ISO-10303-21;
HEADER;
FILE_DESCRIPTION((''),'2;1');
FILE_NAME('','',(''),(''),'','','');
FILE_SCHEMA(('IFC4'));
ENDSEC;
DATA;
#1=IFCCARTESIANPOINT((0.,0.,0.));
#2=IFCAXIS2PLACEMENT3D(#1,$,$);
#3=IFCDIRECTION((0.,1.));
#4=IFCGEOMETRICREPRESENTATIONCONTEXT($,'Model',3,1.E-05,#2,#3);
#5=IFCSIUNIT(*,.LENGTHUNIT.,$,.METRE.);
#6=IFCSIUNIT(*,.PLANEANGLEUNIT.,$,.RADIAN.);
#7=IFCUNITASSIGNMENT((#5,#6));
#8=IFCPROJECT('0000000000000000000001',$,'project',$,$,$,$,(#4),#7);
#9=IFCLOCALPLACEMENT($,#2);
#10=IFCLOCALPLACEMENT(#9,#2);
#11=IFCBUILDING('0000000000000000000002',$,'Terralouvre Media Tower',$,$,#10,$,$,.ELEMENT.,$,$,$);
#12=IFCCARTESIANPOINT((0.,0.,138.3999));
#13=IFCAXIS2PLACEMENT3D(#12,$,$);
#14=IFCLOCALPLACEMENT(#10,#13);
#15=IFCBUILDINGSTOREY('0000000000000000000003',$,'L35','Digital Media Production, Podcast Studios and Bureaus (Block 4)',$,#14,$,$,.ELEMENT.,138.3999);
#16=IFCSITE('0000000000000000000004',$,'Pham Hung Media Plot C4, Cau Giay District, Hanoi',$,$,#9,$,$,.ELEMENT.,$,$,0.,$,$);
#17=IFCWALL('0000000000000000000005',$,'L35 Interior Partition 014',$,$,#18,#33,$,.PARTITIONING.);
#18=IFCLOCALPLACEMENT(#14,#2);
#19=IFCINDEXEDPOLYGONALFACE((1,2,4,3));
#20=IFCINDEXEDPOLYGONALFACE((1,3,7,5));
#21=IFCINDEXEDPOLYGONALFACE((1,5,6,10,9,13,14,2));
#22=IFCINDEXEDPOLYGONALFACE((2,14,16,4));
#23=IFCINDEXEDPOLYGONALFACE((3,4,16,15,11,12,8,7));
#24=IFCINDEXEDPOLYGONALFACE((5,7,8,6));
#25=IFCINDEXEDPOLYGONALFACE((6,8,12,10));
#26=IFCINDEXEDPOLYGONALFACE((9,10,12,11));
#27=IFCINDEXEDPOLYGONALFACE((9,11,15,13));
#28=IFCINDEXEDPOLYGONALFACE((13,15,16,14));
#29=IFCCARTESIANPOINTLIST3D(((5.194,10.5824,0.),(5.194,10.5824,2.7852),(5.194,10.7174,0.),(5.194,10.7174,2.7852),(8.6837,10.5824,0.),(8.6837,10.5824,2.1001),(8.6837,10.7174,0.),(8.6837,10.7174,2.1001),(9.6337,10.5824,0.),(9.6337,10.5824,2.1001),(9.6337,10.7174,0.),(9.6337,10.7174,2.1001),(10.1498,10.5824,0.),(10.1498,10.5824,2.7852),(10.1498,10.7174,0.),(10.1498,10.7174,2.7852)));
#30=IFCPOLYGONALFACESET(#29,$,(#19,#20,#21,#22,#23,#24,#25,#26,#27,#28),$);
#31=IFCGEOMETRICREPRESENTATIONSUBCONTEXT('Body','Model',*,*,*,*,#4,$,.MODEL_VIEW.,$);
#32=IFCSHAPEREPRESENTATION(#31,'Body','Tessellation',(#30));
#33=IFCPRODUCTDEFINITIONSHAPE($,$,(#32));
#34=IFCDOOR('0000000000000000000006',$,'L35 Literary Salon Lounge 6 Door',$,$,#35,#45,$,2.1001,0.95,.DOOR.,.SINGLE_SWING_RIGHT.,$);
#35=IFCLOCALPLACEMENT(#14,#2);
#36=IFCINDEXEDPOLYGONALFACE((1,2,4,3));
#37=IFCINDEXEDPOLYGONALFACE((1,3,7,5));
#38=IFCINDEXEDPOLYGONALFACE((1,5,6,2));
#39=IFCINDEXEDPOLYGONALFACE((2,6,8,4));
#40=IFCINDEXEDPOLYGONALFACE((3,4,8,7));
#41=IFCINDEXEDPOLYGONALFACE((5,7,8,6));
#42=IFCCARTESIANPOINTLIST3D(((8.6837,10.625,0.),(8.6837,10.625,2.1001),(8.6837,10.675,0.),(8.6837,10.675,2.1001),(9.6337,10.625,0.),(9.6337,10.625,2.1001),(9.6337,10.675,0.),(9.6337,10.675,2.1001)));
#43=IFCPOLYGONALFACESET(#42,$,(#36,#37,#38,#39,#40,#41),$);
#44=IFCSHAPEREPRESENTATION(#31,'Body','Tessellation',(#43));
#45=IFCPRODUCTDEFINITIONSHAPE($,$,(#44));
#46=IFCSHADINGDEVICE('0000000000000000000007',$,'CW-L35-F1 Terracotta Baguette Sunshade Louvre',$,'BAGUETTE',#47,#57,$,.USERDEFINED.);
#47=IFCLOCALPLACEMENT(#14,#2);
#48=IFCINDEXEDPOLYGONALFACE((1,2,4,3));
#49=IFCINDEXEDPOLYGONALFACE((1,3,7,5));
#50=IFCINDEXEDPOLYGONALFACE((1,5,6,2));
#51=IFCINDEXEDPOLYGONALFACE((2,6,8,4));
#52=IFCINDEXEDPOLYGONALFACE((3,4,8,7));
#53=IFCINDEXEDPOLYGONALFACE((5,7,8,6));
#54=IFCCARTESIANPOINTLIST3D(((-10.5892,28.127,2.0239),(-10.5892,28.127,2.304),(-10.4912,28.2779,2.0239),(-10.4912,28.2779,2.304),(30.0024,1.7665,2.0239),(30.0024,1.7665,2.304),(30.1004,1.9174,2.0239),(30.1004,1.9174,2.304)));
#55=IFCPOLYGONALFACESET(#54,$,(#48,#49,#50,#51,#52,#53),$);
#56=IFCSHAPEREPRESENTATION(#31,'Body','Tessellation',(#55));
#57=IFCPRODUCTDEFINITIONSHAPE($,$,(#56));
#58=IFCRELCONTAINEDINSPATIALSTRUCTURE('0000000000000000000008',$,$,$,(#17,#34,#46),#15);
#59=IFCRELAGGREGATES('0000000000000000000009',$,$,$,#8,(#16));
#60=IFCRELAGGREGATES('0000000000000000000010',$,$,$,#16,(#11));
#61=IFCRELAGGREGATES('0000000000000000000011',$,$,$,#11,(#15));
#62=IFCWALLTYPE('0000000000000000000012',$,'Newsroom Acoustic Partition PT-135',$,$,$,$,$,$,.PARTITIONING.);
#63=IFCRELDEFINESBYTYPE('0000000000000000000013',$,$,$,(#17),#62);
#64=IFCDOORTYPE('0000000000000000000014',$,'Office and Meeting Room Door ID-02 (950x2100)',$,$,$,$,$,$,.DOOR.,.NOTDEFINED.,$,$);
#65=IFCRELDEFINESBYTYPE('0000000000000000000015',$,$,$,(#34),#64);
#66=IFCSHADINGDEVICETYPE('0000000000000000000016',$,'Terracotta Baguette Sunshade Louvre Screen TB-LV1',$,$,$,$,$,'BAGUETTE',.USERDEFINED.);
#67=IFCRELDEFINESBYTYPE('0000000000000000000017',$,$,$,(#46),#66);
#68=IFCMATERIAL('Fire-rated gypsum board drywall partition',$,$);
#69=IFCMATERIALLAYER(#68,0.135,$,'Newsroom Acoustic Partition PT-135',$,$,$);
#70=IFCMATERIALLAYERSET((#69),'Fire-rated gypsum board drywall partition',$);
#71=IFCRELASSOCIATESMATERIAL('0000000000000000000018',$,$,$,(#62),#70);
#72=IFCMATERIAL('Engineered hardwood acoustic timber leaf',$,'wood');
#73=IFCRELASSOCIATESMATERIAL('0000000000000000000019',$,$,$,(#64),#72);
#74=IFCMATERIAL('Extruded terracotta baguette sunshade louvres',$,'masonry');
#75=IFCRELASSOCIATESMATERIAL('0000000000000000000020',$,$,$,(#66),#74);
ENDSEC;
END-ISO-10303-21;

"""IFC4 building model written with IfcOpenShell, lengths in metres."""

from ifc_helpers import new_model, si_unit, direction, frame, frame_2d, origin, origin_2d, place, context, subcontext, project, spatial, rectangle, extrude, material, layer, layer_set, type_object, element, fill, save


model = new_model("IFC4")

# Units and contexts
model_context = context("Model", 3, precision=1e-05, world=origin(), true_north=direction((0.0, 1.0)))
body_context = subcontext(model_context, "Body", "Model", "MODEL_VIEW")
ifc_project = project(units=[si_unit("LENGTHUNIT", "METRE"), si_unit("PLANEANGLEUNIT", "RADIAN")], contexts=[model_context])

# Site, building, storey
site_placement = place(None, origin())
site = spatial("IfcSite", under=ifc_project, at=site_placement, Name="Pham Hung Media Plot C4, Cau Giay District, Hanoi", CompositionType="ELEMENT", RefElevation=0.0)
building_placement = place(site_placement, origin())
building = spatial("IfcBuilding", under=site, at=building_placement, Name="Terralouvre Media Tower", CompositionType="ELEMENT")
storey_placement = place(building_placement, frame((0.0, 0.0, 138.3999)))
storey = spatial("IfcBuildingStorey", under=building, at=storey_placement, Name="L35", Description="Digital Media Production, Podcast Studios and Bureaus (Block 4)", CompositionType="ELEMENT", Elevation=138.3999)

# Shared definitions
ifc_material_1 = material(Name="Fire-rated gypsum board drywall partition")
ifc_layer_1 = layer(ifc_material_1, 0.135, Name="Newsroom Acoustic Partition PT-135")
ifc_layer_set_1 = layer_set([ifc_layer_1], Name="Fire-rated gypsum board drywall partition")
wall_type = type_object("IfcWallType", Name="Newsroom Acoustic Partition PT-135", PredefinedType="PARTITIONING", material=ifc_layer_set_1)

# Wall, opening, door
wall_1_placement = place(storey_placement, frame((10.1499, 10.6499, 0.0), z_axis=(0.0, 0.0, 1.0), x_axis=(-1.0, 0.0, 0.0)))
wall_1 = element("IfcWall", 1, at=wall_1_placement, inside=storey, type_object=wall_type, Name="L35 Interior Partition 014", PredefinedType="PARTITIONING", context=body_context, shape_type="SweptSolid", body=[
    extrude(rectangle(XDim=4.9558, YDim=0.135, at=frame_2d((2.478, 0.0))), origin(), (0.0, 0.0, 1.0), 2.7852),
])
opening_placement = place(wall_1_placement, frame((0.5161, 0.0, 0.0)))
opening = element("IfcOpeningElement", 2, at=opening_placement, cuts=wall_1, PredefinedType="OPENING", context=body_context, shape_type="SweptSolid", body=[
    extrude(rectangle(XDim=0.95, YDim=2.1001, at=frame_2d((0.4751, 1.05))), frame((0.0, 0.0774, 0.0), z_axis=(0.0, -1.0, 0.0), x_axis=(1.0, 0.0, 0.0)), (0.0, 0.0, 1.0), 0.155),
])
ifc_material_2 = material(Name="Engineered hardwood acoustic timber leaf", Category="wood")
door_type = type_object("IfcDoorType", Name="Office and Meeting Room Door ID-02 (950x2100)", OperationType="NOTDEFINED", PredefinedType="DOOR", material=ifc_material_2)
door_placement = place(opening_placement, origin())
door = element("IfcDoor", 3, at=door_placement, inside=storey, type_object=door_type, Name="L35 Literary Salon Lounge 6 Door", OperationType="SINGLE_SWING_RIGHT", OverallHeight=2.1001, OverallWidth=0.95, PredefinedType="DOOR", context=body_context, shape_type="SweptSolid", body=[
    extrude(rectangle(XDim=0.95, YDim=2.1001, at=frame_2d((0.4751, 1.05))), frame((0.0, 0.0249, 0.0), z_axis=(0.0, -1.0, 0.0), x_axis=(1.0, 0.0, 0.0)), (0.0, 0.0, 1.0), 0.05),
])
fill(opening, door)

# Shading device
ifc_material_3 = material(Name="Extruded terracotta baguette sunshade louvres", Category="masonry")
shading_device_type = type_object("IfcShadingDeviceType", Name="Terracotta Baguette Sunshade Louvre Screen TB-LV1", ElementType="BAGUETTE", PredefinedType="USERDEFINED", material=ifc_material_3)
shading_device_placement = place(storey_placement, frame((9.7556, 15.0222, 2.0239), z_axis=(0.0, 0.0, 1.0), x_axis=(-0.838671, 0.544639, 0.0)))
element("IfcShadingDevice", 4, at=shading_device_placement, inside=storey, type_object=shading_device_type, Name="CW-L35-F1 Terracotta Baguette Sunshade Louvre", ObjectType="BAGUETTE", PredefinedType="USERDEFINED", context=body_context, shape_type="SweptSolid", body=[
    extrude(rectangle(XDim=48.3999, YDim=0.1799, at=origin_2d()), origin(), (0.0, 0.0, 1.0), 0.28),
])

save(model, "model.ifc")
